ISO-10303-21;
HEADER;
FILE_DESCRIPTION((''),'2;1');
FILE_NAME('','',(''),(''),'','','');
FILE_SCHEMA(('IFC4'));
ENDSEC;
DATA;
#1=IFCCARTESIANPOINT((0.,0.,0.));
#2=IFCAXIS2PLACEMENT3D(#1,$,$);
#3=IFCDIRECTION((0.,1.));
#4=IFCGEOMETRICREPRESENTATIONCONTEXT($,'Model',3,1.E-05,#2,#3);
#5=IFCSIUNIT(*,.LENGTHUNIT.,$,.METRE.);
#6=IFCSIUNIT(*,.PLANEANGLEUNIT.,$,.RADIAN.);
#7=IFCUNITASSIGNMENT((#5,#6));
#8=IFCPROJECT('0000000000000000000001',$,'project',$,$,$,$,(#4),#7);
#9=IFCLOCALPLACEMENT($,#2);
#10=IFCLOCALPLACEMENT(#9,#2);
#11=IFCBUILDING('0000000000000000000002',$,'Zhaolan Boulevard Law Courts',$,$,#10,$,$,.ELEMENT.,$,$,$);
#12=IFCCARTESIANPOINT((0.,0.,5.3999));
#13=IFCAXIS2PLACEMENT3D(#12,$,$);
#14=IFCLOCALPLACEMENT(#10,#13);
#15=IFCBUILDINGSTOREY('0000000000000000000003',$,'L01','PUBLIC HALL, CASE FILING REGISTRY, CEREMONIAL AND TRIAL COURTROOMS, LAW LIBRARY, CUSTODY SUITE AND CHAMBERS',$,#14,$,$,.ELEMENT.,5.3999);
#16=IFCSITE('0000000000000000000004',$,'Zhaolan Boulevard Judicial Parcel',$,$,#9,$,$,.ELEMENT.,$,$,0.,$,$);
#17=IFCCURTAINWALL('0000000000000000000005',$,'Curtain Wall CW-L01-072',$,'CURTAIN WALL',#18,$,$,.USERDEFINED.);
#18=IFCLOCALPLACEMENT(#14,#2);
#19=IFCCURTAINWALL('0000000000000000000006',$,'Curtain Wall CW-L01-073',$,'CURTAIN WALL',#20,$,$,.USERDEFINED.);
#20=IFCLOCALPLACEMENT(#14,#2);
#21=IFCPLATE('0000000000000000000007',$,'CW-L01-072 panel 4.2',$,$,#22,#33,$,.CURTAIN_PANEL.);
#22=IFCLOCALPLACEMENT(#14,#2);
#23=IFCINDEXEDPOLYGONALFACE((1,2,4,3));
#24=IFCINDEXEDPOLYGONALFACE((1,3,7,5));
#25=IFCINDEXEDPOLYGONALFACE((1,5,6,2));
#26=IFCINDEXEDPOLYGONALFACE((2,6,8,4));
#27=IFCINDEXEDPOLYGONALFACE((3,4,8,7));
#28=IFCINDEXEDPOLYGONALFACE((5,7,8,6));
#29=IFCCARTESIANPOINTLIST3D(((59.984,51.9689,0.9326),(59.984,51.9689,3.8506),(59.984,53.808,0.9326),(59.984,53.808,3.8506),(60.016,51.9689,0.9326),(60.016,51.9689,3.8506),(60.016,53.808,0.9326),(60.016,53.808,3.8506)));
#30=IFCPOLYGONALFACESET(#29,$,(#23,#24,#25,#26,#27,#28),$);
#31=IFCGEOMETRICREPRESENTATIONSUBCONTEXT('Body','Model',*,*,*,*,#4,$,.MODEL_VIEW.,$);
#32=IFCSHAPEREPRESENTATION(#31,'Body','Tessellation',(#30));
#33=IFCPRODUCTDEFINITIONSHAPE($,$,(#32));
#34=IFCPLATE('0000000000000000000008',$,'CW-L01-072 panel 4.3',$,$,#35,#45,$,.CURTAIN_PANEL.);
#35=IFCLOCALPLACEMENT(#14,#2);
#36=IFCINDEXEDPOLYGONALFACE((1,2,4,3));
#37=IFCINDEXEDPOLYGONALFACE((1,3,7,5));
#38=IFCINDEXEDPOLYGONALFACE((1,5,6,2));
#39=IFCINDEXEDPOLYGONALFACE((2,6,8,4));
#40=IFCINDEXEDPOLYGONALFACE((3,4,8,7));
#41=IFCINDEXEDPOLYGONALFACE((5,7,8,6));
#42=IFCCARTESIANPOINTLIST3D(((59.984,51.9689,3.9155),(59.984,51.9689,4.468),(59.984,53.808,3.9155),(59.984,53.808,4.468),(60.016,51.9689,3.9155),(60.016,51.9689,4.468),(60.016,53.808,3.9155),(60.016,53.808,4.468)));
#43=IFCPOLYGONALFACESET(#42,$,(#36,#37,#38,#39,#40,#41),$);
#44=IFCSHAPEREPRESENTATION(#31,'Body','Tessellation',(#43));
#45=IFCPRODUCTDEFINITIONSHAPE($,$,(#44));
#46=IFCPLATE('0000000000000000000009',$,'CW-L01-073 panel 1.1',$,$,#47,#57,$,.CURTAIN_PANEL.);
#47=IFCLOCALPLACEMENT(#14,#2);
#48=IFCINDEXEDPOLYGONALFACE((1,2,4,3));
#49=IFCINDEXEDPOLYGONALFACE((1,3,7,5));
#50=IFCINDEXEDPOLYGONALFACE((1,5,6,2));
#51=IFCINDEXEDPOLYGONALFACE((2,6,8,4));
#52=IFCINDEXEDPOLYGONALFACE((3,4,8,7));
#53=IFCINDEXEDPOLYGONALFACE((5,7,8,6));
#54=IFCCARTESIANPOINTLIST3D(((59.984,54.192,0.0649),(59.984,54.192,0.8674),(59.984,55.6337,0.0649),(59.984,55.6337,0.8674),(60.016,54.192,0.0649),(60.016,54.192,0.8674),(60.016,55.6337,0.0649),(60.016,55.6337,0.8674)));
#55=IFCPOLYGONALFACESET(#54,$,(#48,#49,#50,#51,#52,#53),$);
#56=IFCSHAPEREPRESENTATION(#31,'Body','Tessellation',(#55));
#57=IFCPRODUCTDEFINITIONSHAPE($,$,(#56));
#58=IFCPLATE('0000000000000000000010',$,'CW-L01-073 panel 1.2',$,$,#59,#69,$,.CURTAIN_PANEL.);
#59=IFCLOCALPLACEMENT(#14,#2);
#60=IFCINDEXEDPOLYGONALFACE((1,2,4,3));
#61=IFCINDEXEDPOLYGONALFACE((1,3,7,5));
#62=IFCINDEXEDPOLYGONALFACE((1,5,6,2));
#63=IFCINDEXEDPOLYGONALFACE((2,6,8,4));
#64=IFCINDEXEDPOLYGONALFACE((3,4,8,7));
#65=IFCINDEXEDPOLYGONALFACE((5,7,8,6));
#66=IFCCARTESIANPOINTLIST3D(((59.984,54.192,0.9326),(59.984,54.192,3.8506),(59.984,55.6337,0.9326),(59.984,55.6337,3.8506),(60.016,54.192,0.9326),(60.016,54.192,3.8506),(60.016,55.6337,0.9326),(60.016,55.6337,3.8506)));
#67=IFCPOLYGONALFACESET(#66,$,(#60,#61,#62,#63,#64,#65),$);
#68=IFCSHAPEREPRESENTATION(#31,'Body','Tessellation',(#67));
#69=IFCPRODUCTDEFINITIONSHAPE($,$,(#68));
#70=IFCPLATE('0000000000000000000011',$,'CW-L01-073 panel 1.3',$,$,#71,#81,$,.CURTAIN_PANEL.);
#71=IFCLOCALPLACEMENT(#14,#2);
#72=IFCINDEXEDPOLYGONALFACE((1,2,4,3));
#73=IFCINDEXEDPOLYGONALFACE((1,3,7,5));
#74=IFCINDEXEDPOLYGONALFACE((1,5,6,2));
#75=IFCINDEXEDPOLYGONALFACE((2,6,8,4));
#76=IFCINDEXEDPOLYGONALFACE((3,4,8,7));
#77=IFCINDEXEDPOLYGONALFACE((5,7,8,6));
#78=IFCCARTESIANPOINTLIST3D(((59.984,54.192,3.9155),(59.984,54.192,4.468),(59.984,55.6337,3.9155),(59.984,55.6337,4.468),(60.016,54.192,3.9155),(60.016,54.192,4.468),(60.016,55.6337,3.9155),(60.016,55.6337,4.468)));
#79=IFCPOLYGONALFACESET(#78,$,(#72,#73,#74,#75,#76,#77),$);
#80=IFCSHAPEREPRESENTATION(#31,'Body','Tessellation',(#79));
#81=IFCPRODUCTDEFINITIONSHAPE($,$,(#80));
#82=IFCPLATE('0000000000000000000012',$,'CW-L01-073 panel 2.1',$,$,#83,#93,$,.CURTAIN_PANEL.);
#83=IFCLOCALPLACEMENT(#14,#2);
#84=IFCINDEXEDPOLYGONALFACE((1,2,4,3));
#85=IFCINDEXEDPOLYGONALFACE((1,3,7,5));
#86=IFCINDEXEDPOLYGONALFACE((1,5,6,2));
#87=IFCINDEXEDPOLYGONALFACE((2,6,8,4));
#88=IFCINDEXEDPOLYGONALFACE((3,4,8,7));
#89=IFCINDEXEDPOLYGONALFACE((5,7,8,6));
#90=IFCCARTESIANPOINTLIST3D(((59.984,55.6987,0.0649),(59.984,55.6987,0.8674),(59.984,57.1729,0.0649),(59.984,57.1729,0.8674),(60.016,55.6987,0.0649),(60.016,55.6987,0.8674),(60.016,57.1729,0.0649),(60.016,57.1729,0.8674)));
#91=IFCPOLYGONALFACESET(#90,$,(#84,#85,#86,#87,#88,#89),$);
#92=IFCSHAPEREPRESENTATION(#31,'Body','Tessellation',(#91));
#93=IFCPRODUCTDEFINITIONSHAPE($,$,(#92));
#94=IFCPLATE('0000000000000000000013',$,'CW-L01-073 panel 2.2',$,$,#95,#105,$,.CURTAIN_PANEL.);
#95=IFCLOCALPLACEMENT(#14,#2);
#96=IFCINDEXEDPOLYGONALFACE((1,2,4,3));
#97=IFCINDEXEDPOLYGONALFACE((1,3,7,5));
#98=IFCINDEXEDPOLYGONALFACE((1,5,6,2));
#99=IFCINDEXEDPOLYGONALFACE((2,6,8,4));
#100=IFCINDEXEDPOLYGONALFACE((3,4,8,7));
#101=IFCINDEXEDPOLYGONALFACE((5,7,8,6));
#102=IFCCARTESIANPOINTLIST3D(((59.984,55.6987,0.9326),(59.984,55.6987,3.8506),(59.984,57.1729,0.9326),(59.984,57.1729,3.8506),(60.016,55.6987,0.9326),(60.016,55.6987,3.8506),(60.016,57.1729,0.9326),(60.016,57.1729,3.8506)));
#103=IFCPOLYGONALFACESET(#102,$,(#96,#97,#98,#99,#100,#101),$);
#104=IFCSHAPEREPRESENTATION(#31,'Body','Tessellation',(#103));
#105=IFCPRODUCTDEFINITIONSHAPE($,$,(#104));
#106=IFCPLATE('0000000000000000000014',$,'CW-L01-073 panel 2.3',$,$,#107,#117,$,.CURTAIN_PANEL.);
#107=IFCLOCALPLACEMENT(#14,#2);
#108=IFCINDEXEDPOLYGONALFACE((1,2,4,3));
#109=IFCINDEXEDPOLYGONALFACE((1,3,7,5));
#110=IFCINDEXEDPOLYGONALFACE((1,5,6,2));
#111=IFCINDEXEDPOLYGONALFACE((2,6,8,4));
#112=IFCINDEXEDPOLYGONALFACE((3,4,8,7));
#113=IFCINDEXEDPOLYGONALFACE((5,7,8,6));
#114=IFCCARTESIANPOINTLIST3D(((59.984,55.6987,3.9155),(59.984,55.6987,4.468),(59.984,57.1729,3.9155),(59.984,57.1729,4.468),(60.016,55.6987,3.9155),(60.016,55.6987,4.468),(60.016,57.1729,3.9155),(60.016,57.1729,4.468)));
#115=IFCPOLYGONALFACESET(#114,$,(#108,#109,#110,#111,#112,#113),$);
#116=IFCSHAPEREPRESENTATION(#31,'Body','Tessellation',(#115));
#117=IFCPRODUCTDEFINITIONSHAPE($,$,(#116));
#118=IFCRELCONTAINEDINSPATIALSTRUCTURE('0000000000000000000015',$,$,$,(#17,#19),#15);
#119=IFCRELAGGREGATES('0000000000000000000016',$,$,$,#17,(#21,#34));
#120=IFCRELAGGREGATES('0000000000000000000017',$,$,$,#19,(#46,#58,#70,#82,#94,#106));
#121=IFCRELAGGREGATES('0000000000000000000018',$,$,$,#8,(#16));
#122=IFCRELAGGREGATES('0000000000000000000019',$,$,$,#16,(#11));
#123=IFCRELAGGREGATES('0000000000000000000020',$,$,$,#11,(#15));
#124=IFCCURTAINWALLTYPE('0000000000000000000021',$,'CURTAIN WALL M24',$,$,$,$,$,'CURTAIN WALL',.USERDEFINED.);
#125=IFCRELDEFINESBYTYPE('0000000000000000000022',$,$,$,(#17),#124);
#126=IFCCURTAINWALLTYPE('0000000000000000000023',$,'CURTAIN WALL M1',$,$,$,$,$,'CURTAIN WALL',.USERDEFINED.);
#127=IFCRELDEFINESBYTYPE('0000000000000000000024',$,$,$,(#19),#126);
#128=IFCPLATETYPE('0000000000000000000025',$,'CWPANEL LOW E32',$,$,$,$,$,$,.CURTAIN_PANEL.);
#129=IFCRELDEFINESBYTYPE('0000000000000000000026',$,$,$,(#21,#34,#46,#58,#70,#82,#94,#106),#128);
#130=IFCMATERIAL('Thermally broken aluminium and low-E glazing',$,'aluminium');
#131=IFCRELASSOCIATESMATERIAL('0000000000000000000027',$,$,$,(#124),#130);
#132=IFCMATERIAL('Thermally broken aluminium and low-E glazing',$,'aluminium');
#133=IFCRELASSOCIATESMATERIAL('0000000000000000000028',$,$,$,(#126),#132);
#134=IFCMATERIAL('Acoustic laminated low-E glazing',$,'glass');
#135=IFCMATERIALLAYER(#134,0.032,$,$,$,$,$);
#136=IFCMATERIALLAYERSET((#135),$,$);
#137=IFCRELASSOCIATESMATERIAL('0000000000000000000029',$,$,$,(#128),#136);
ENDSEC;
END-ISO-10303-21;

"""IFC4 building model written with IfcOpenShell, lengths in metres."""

from ifc_helpers import new_model, si_unit, direction, frame, origin, origin_2d, place, context, subcontext, project, spatial, rectangle, extrude, material, layer, layer_set, type_object, element, aggregate, save


model = new_model("IFC4")

# Units and contexts
model_context = context("Model", 3, precision=1e-05, world=origin(), true_north=direction((0.0, 1.0)))
body_context = subcontext(model_context, "Body", "Model", "MODEL_VIEW")
ifc_project = project(units=[si_unit("LENGTHUNIT", "METRE"), si_unit("PLANEANGLEUNIT", "RADIAN")], contexts=[model_context])

# Site, building, storey
site_placement = place(None, origin())
site = spatial("IfcSite", under=ifc_project, at=site_placement, Name="Zhaolan Boulevard Judicial Parcel", CompositionType="ELEMENT", RefElevation=0.0)
building_placement = place(site_placement, origin())
building = spatial("IfcBuilding", under=site, at=building_placement, Name="Zhaolan Boulevard Law Courts", CompositionType="ELEMENT")
storey_placement = place(building_placement, frame((0.0, 0.0, 5.3999)))
storey = spatial("IfcBuildingStorey", under=building, at=storey_placement, Name="L01", Description="PUBLIC HALL, CASE FILING REGISTRY, CEREMONIAL AND TRIAL COURTROOMS, LAW LIBRARY, CUSTODY SUITE AND CHAMBERS", CompositionType="ELEMENT", Elevation=5.3999)

# Curtain walls
ifc_material_1 = material(Name="Thermally broken aluminium and low-E glazing", Category="aluminium")
curtain_wall_type_1 = type_object("IfcCurtainWallType", Name="CURTAIN WALL M24", ElementType="CURTAIN WALL", PredefinedType="USERDEFINED", material=ifc_material_1)
curtain_wall_1_placement = place(storey_placement, origin())
curtain_wall_1 = element("IfcCurtainWall", 1, at=curtain_wall_1_placement, inside=storey, type_object=curtain_wall_type_1, Name="Curtain Wall CW-L01-072", ObjectType="CURTAIN WALL", PredefinedType="USERDEFINED")
ifc_material_2 = material(Name="Thermally broken aluminium and low-E glazing", Category="aluminium")
curtain_wall_type_2 = type_object("IfcCurtainWallType", Name="CURTAIN WALL M1", ElementType="CURTAIN WALL", PredefinedType="USERDEFINED", material=ifc_material_2)
curtain_wall_2_placement = place(storey_placement, origin())
curtain_wall_2 = element("IfcCurtainWall", 2, at=curtain_wall_2_placement, inside=storey, type_object=curtain_wall_type_2, Name="Curtain Wall CW-L01-073", ObjectType="CURTAIN WALL", PredefinedType="USERDEFINED")

# Plates
ifc_material_3 = material(Name="Acoustic laminated low-E glazing", Category="glass")
ifc_layer = layer(ifc_material_3, 0.032)
ifc_layer_set = layer_set([ifc_layer])
plate_type = type_object("IfcPlateType", Name="CWPANEL LOW E32", PredefinedType="CURTAIN_PANEL", material=ifc_layer_set)
plate_1_placement = place(storey_placement, frame((60.0, 52.8884, 0.9326), z_axis=(0.0, 0.0, 1.0), x_axis=(0.0, 1.0, 0.0)))
plate_1 = element("IfcPlate", 3, at=plate_1_placement, type_object=plate_type, Name="CW-L01-072 panel 4.2", PredefinedType="CURTAIN_PANEL", context=body_context, shape_type="SweptSolid", body=[
    extrude(rectangle(XDim=1.8391, YDim=0.032, at=origin_2d()), origin(), (0.0, 0.0, 1.0), 2.918),
])
plate_2_placement = place(storey_placement, frame((60.0, 52.8884, 3.9155), z_axis=(0.0, 0.0, 1.0), x_axis=(0.0, 1.0, 0.0)))
plate_2 = element("IfcPlate", 4, at=plate_2_placement, type_object=plate_type, Name="CW-L01-072 panel 4.3", PredefinedType="CURTAIN_PANEL", context=body_context, shape_type="SweptSolid", body=[
    extrude(rectangle(XDim=1.8391, YDim=0.032, at=origin_2d()), origin(), (0.0, 0.0, 1.0), 0.5525),
])
aggregate(curtain_wall_1, [plate_1, plate_2])
plate_3_placement = place(storey_placement, frame((60.0, 54.9128, 0.0649), z_axis=(0.0, 0.0, 1.0), x_axis=(0.0, 1.0, 0.0)))
plate_3 = element("IfcPlate", 5, at=plate_3_placement, type_object=plate_type, Name="CW-L01-073 panel 1.1", PredefinedType="CURTAIN_PANEL", context=body_context, shape_type="SweptSolid", body=[
    extrude(rectangle(XDim=1.4417, YDim=0.032, at=origin_2d()), origin(), (0.0, 0.0, 1.0), 0.8025),
])
plate_4_placement = place(storey_placement, frame((60.0, 54.9128, 0.9326), z_axis=(0.0, 0.0, 1.0), x_axis=(0.0, 1.0, 0.0)))
plate_4 = element("IfcPlate", 6, at=plate_4_placement, type_object=plate_type, Name="CW-L01-073 panel 1.2", PredefinedType="CURTAIN_PANEL", context=body_context, shape_type="SweptSolid", body=[
    extrude(rectangle(XDim=1.4417, YDim=0.032, at=origin_2d()), origin(), (0.0, 0.0, 1.0), 2.918),
])
plate_5_placement = place(storey_placement, frame((60.0, 54.9128, 3.9155), z_axis=(0.0, 0.0, 1.0), x_axis=(0.0, 1.0, 0.0)))
plate_5 = element("IfcPlate", 7, at=plate_5_placement, type_object=plate_type, Name="CW-L01-073 panel 1.3", PredefinedType="CURTAIN_PANEL", context=body_context, shape_type="SweptSolid", body=[
    extrude(rectangle(XDim=1.4417, YDim=0.032, at=origin_2d()), origin(), (0.0, 0.0, 1.0), 0.5525),
])
plate_6_placement = place(storey_placement, frame((60.0, 56.4358, 0.0649), z_axis=(0.0, 0.0, 1.0), x_axis=(0.0, 1.0, 0.0)))
plate_6 = element("IfcPlate", 8, at=plate_6_placement, type_object=plate_type, Name="CW-L01-073 panel 2.1", PredefinedType="CURTAIN_PANEL", context=body_context, shape_type="SweptSolid", body=[
    extrude(rectangle(XDim=1.4741, YDim=0.032, at=origin_2d()), origin(), (0.0, 0.0, 1.0), 0.8025),
])
plate_7_placement = place(storey_placement, frame((60.0, 56.4358, 0.9326), z_axis=(0.0, 0.0, 1.0), x_axis=(0.0, 1.0, 0.0)))
plate_7 = element("IfcPlate", 9, at=plate_7_placement, type_object=plate_type, Name="CW-L01-073 panel 2.2", PredefinedType="CURTAIN_PANEL", context=body_context, shape_type="SweptSolid", body=[
    extrude(rectangle(XDim=1.4741, YDim=0.032, at=origin_2d()), origin(), (0.0, 0.0, 1.0), 2.918),
])
plate_8_placement = place(storey_placement, frame((60.0, 56.4358, 3.9155), z_axis=(0.0, 0.0, 1.0), x_axis=(0.0, 1.0, 0.0)))
plate_8 = element("IfcPlate", 10, at=plate_8_placement, type_object=plate_type, Name="CW-L01-073 panel 2.3", PredefinedType="CURTAIN_PANEL", context=body_context, shape_type="SweptSolid", body=[
    extrude(rectangle(XDim=1.4741, YDim=0.032, at=origin_2d()), origin(), (0.0, 0.0, 1.0), 0.5525),
])
aggregate(curtain_wall_2, [plate_3, plate_4, plate_5, plate_6, plate_7, plate_8])

save(model, "model.ifc")
